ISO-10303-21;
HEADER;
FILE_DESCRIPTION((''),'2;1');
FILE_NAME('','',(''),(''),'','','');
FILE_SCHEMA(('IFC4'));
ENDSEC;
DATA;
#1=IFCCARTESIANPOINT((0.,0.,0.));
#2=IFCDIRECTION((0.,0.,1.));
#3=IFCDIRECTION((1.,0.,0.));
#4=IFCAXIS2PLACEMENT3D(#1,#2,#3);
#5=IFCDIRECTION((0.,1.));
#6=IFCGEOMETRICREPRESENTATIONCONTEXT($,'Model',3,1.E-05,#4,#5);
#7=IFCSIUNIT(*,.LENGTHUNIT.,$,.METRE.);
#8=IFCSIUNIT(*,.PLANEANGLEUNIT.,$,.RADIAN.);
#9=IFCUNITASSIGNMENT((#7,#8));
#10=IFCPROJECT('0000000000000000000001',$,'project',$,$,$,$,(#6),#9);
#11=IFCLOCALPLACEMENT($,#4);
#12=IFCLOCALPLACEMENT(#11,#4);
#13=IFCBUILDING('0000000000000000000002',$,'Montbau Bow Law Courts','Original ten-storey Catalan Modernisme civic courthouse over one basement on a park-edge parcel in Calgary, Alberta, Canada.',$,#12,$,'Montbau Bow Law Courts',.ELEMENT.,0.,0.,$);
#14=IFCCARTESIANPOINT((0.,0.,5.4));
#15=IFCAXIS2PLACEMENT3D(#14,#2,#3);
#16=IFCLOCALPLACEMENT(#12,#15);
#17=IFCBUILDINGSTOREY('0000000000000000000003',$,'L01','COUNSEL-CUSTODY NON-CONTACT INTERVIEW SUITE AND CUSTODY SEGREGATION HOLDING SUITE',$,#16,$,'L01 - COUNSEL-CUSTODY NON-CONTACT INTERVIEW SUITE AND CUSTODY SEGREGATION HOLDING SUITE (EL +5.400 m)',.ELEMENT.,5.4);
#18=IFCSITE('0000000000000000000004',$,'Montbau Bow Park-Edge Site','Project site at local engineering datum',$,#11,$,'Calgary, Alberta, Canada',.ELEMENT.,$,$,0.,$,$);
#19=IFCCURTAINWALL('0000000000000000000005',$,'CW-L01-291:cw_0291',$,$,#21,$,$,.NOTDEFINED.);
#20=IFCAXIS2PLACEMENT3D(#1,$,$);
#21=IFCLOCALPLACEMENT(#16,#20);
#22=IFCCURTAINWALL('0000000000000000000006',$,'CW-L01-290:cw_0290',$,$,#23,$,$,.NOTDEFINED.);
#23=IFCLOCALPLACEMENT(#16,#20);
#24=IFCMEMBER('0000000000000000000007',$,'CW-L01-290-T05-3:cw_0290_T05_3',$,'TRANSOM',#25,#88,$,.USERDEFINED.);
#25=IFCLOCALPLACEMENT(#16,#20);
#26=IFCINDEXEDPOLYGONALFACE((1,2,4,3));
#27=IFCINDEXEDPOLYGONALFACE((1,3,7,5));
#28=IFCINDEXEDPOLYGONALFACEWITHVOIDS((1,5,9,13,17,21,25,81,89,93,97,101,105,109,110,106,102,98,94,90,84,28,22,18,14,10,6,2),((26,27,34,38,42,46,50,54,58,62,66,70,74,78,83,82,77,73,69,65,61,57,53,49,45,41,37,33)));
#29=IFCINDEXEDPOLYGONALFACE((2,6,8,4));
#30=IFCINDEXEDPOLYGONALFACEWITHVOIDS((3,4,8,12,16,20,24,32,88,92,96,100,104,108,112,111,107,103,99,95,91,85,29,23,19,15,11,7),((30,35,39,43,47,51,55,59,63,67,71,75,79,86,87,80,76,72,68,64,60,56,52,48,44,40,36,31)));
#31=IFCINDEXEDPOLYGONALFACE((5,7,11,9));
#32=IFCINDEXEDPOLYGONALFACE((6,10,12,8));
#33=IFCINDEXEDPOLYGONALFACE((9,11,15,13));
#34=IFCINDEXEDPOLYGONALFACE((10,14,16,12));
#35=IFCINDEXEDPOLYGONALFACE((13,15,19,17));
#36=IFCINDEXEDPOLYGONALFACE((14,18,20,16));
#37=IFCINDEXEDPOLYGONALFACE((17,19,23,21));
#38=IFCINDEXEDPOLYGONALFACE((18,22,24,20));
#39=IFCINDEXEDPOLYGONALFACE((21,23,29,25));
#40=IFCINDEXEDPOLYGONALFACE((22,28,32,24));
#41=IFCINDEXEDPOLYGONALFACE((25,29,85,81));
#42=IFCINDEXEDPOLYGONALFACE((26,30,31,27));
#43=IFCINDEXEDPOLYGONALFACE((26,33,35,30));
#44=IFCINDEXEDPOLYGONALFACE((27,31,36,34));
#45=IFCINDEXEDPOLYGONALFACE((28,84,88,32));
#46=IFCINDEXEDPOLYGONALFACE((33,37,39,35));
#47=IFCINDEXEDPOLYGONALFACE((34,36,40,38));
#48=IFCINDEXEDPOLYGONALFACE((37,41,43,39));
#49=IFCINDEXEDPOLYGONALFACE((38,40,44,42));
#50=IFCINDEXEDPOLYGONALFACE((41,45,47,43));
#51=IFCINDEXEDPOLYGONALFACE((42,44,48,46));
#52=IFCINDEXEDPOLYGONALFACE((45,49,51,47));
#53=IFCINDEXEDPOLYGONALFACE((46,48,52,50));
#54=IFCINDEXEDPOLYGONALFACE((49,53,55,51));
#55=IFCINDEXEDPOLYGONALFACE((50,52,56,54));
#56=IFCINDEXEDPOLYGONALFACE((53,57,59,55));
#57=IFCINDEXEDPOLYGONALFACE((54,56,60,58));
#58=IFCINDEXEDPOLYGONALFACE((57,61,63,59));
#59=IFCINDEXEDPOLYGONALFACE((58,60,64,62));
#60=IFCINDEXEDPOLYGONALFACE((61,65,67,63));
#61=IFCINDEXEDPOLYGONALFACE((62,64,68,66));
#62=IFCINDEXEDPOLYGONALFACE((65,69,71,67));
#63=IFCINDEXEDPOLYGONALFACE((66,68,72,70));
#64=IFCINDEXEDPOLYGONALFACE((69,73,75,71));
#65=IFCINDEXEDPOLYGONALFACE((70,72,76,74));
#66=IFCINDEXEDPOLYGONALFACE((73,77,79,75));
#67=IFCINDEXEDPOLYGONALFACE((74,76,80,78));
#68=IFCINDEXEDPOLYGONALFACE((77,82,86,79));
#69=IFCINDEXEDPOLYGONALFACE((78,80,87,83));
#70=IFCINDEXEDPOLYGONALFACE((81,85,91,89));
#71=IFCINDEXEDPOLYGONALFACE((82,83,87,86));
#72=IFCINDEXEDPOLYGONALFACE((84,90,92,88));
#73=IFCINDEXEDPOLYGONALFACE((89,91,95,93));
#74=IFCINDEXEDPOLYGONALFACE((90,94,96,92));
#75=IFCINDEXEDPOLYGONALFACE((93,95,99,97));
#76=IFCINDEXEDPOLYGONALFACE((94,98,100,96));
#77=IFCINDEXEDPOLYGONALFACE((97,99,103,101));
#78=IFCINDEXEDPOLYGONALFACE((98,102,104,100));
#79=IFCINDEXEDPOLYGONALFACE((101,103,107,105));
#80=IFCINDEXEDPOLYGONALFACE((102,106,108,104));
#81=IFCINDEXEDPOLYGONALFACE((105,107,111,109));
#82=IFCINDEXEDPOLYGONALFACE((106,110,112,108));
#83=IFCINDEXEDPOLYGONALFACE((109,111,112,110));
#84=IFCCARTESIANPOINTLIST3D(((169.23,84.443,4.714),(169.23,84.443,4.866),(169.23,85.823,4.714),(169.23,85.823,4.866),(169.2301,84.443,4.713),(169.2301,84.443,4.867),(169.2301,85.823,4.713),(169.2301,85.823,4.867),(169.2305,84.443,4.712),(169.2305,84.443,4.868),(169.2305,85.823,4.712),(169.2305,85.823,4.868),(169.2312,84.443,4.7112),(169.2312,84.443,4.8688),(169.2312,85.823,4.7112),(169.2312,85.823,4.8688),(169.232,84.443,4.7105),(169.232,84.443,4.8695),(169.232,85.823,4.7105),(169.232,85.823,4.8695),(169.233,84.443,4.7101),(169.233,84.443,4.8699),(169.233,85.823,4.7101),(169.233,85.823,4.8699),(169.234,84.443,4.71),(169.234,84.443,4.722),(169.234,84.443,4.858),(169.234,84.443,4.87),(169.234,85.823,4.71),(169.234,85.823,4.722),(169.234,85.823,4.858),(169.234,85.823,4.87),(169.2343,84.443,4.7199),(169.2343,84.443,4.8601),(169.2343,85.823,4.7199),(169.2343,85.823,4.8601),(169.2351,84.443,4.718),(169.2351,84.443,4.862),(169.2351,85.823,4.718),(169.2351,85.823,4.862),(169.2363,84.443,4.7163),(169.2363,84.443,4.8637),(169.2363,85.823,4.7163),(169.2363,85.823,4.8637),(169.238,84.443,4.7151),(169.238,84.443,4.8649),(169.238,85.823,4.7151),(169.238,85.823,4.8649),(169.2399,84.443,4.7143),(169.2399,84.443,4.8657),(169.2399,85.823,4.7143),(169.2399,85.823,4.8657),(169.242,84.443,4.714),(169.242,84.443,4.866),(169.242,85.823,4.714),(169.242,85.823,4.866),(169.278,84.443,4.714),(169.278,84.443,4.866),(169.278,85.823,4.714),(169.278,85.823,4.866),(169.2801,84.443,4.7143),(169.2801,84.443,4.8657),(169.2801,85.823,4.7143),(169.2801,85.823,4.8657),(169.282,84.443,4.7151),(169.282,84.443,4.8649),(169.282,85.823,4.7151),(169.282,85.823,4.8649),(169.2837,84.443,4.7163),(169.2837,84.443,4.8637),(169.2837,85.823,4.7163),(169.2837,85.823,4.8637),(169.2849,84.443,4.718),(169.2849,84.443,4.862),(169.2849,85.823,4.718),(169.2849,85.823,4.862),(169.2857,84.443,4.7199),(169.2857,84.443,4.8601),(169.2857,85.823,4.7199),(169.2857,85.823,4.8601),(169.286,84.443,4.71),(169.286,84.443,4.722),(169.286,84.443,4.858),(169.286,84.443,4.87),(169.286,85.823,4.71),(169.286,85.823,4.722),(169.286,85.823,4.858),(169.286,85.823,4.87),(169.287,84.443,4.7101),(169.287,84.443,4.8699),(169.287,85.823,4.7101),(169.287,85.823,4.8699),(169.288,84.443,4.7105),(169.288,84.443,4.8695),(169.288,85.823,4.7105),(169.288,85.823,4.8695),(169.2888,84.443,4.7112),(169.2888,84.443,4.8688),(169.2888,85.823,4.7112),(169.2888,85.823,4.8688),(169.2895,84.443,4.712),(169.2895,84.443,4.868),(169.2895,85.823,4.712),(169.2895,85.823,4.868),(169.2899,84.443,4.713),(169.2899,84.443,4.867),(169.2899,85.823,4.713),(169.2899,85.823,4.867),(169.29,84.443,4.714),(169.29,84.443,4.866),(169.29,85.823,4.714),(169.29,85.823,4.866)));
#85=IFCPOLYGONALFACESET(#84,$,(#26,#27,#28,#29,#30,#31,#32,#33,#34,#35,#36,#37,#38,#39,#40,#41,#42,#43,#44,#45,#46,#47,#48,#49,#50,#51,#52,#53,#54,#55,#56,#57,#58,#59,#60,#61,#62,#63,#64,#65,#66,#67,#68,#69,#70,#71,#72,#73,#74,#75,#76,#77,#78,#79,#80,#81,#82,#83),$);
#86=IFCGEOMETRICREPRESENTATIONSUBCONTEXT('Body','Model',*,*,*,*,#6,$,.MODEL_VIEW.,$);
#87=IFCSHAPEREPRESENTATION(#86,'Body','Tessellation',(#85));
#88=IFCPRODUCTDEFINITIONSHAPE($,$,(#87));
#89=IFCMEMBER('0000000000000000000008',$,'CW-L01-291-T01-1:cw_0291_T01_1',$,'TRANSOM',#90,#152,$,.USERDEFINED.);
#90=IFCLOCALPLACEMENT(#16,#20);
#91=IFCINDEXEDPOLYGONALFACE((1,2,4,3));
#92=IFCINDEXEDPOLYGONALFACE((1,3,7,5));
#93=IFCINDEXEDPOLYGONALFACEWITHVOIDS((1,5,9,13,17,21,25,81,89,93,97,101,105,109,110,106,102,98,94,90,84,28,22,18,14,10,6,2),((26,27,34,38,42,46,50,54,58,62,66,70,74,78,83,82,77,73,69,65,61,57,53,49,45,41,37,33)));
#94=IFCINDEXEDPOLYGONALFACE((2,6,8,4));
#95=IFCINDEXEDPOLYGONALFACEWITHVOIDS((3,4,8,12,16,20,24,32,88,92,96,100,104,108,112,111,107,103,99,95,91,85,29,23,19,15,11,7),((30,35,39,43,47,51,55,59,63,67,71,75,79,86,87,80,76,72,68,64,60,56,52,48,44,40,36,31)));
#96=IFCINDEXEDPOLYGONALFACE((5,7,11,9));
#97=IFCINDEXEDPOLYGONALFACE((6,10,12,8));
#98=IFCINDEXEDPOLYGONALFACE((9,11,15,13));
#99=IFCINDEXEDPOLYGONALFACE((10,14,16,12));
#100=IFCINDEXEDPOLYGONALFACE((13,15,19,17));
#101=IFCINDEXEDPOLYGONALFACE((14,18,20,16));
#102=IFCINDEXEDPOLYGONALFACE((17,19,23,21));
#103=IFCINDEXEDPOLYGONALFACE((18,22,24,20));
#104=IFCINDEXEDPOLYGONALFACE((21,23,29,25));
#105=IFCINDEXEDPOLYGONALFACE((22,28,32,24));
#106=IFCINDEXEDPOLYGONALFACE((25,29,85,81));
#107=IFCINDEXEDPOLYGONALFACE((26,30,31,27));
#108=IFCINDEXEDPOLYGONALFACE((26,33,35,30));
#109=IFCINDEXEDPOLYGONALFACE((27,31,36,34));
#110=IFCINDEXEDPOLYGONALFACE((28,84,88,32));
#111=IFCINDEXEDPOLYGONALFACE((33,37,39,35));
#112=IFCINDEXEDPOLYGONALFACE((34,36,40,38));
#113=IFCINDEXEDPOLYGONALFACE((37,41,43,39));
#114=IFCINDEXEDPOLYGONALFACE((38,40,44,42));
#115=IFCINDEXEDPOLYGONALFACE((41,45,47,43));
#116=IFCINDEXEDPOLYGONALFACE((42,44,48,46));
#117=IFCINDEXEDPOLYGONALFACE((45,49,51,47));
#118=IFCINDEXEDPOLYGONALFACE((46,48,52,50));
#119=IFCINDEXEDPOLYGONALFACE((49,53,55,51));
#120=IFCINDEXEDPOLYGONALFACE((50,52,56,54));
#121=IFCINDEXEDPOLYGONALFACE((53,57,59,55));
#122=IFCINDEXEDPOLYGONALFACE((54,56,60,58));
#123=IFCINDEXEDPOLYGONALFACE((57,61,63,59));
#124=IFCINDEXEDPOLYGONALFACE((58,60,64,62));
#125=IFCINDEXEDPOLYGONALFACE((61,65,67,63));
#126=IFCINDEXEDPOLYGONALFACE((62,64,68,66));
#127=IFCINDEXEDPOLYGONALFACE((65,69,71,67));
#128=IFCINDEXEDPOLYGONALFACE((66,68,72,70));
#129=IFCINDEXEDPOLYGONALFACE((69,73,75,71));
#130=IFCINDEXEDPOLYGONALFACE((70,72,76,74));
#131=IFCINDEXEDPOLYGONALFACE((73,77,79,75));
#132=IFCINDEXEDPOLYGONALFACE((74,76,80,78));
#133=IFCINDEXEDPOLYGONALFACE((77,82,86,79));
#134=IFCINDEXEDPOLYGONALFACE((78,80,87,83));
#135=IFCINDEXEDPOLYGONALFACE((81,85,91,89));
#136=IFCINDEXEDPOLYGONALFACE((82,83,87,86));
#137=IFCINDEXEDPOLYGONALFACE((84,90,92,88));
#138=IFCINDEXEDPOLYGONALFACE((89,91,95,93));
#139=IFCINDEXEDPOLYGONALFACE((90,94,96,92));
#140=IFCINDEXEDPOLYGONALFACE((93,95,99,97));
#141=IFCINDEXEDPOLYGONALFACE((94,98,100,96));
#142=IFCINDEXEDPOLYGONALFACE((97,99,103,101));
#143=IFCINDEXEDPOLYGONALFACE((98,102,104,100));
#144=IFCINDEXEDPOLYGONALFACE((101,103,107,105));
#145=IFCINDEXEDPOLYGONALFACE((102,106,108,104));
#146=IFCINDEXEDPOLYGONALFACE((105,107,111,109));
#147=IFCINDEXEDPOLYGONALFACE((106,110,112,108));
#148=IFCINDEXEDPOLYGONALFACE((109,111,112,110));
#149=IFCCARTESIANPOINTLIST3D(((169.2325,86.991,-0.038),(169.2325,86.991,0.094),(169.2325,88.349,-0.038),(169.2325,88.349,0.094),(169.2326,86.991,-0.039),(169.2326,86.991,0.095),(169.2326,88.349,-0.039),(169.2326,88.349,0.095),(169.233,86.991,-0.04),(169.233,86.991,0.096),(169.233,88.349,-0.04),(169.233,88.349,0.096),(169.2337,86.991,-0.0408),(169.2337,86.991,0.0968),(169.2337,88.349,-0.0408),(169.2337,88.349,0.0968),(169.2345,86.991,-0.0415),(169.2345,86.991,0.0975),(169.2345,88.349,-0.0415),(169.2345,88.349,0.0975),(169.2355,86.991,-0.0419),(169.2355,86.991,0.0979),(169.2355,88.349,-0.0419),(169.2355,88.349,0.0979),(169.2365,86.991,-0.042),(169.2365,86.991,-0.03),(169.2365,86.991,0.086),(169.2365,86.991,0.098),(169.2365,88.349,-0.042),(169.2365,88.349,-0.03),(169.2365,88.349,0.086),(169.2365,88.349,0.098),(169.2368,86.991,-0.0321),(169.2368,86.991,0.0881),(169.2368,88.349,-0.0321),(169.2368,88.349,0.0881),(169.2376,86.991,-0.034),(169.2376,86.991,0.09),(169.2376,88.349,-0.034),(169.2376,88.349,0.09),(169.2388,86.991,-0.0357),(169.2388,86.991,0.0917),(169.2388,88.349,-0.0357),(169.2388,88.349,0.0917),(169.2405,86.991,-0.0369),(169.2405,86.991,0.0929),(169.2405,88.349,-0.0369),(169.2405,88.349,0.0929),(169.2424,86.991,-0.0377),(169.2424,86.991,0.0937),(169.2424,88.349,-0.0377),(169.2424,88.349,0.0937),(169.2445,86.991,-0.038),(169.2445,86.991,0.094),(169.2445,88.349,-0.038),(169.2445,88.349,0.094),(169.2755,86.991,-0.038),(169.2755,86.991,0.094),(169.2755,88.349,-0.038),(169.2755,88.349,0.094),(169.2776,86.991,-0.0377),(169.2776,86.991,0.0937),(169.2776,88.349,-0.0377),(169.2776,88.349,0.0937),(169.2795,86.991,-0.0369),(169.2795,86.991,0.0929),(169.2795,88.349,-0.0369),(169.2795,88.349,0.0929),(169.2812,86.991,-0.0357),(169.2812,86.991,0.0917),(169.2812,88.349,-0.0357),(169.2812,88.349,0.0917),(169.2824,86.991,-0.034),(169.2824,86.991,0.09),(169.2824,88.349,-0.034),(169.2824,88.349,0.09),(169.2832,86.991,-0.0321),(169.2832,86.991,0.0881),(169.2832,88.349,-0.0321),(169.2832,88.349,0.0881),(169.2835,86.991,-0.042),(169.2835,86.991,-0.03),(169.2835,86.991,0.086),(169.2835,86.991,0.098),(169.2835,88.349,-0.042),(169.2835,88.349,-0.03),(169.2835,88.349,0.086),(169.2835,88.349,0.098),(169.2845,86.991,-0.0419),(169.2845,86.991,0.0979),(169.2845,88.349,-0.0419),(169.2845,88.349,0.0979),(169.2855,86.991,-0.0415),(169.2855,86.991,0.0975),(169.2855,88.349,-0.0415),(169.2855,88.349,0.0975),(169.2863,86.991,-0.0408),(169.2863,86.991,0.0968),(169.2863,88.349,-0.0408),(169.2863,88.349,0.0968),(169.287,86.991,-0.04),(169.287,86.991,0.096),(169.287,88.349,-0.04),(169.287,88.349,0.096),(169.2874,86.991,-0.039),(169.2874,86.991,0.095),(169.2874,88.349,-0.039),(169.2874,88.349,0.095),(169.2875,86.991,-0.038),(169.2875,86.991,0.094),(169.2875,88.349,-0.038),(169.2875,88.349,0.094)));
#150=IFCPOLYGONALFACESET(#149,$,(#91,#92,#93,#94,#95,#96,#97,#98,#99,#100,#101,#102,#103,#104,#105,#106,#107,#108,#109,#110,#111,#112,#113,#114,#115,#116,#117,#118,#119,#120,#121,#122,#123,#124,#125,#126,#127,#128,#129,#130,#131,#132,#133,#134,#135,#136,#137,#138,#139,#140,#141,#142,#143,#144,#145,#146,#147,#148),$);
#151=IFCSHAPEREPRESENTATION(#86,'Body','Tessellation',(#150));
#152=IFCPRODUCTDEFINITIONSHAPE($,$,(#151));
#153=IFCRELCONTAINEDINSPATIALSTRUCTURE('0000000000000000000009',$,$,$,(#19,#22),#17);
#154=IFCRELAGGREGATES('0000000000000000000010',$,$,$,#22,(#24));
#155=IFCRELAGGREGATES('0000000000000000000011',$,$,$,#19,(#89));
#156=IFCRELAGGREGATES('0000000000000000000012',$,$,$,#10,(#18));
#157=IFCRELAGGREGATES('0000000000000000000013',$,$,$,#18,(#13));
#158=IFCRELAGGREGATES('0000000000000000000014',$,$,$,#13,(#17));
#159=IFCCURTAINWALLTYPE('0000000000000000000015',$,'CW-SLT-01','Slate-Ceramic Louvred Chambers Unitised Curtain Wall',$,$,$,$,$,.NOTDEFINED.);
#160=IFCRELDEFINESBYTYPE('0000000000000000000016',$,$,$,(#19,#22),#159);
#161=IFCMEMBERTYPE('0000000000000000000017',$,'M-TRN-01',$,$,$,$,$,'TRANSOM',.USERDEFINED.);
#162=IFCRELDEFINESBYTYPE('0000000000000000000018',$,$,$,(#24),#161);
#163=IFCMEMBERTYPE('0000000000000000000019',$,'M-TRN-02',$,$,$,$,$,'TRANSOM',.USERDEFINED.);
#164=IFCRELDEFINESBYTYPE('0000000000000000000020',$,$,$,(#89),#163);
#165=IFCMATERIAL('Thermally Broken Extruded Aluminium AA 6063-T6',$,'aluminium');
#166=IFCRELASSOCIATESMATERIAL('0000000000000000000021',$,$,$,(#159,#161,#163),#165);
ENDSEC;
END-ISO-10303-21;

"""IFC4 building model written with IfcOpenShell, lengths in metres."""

from ifc_helpers import new_model, si_unit, direction, frame, origin_with_axes, origin_2d_with_axis, place, context, subcontext, project, spatial, hollow_rectangle, extrude, material, material_profile, profile_set, type_object, element, aggregate, save


model = new_model("IFC4")

# Units and contexts
model_context = context("Model", 3, precision=1e-05, world=origin_with_axes(), true_north=direction((0.0, 1.0)))
body_context = subcontext(model_context, "Body", "Model", "MODEL_VIEW")
ifc_project = project(units=[si_unit("LENGTHUNIT", "METRE"), si_unit("PLANEANGLEUNIT", "RADIAN")], contexts=[model_context])

# Site, building, storey
site_placement = place(None, origin_with_axes())
site = spatial("IfcSite", under=ifc_project, at=site_placement, Name="Montbau Bow Park-Edge Site", Description="Project site at local engineering datum", LongName="Calgary, Alberta, Canada", CompositionType="ELEMENT", RefElevation=0.0)
building_placement = place(site_placement, origin_with_axes())
building = spatial("IfcBuilding", under=site, at=building_placement, Name="Montbau Bow Law Courts", Description="Original ten-storey Catalan Modernisme civic courthouse over one basement on a park-edge parcel in Calgary, Alberta, Canada.", LongName="Montbau Bow Law Courts", CompositionType="ELEMENT", ElevationOfRefHeight=0.0, ElevationOfTerrain=0.0)
storey_placement = place(building_placement, frame((0.0, 0.0, 5.4), z_axis=(0.0, 0.0, 1.0), x_axis=(1.0, 0.0, 0.0)))
storey = spatial("IfcBuildingStorey", under=building, at=storey_placement, Name="L01", Description="COUNSEL-CUSTODY NON-CONTACT INTERVIEW SUITE AND CUSTODY SEGREGATION HOLDING SUITE", LongName="L01 - COUNSEL-CUSTODY NON-CONTACT INTERVIEW SUITE AND CUSTODY SEGREGATION HOLDING SUITE (EL +5.400 m)", CompositionType="ELEMENT", Elevation=5.4)

# Curtain walls, member
ifc_material_1 = material(Name="Thermally Broken Extruded Aluminium AA 6063-T6", Category="aluminium")
curtain_wall_type = type_object("IfcCurtainWallType", Name="CW-SLT-01", Description="Slate-Ceramic Louvred Chambers Unitised Curtain Wall", PredefinedType="NOTDEFINED", material=ifc_material_1)
curtain_wall_1_placement = place(None, frame((169.26, 86.915, 5.4), z_axis=(0.0, 0.0, 1.0), x_axis=(1.0, 0.0, 0.0)))
curtain_wall_1 = element("IfcCurtainWall", 1, at=curtain_wall_1_placement, inside=storey, type_object=curtain_wall_type, Name="CW-L01-291:cw_0291", PredefinedType="NOTDEFINED")
curtain_wall_2_placement = place(None, frame((169.26, 78.515, 5.4), z_axis=(0.0, 0.0, 1.0), x_axis=(1.0, 0.0, 0.0)))
curtain_wall_2 = element("IfcCurtainWall", 2, at=curtain_wall_2_placement, inside=storey, type_object=curtain_wall_type, Name="CW-L01-290:cw_0290", PredefinedType="NOTDEFINED")
ifc_material_profile_1 = material_profile(ifc_material_1, hollow_rectangle(XDim=0.06, YDim=0.16, WallThickness=0.004, InnerFilletRadius=0.008, OuterFilletRadius=0.004, at=origin_2d_with_axis()), Name="CWT-160X60", Category="Main", Priority=0)
ifc_profile_set_1 = profile_set([ifc_material_profile_1], Name="Thermally Broken Extruded Aluminium AA 6063-T6")
member_type_1 = type_object("IfcMemberType", Name="M-TRN-01", ElementType="TRANSOM", PredefinedType="USERDEFINED", material=ifc_profile_set_1)
member_1_placement = place(None, frame((169.26, 84.443, 10.19), z_axis=(0.0, 1.0, 0.0), x_axis=(-1.0, 0.0, 0.0)))
member_1 = element("IfcMember", 3, at=member_1_placement, type_object=member_type_1, Name="CW-L01-290-T05-3:cw_0290_T05_3", ObjectType="TRANSOM", PredefinedType="USERDEFINED", context=body_context, shape_type="SweptSolid", body=[
    extrude(hollow_rectangle(XDim=0.06, YDim=0.16, WallThickness=0.004, InnerFilletRadius=0.008, OuterFilletRadius=0.004, at=origin_2d_with_axis()), origin_with_axes(), (0.0, 0.0, 1.0), 1.38),
])
aggregate(curtain_wall_2, [member_1])

# Member
ifc_material_profile_2 = material_profile(ifc_material_1, hollow_rectangle(XDim=0.055, YDim=0.14, WallThickness=0.004, InnerFilletRadius=0.008, OuterFilletRadius=0.004, at=origin_2d_with_axis()), Name="CWT-140X55", Category="Main", Priority=0)
ifc_profile_set_2 = profile_set([ifc_material_profile_2], Name="Thermally Broken Extruded Aluminium AA 6063-T6")
member_type_2 = type_object("IfcMemberType", Name="M-TRN-02", ElementType="TRANSOM", PredefinedType="USERDEFINED", material=ifc_profile_set_2)
member_2_placement = place(None, frame((169.26, 86.991, 5.428), z_axis=(0.0, 1.0, 0.0), x_axis=(-1.0, 0.0, 0.0)))
member_2 = element("IfcMember", 4, at=member_2_placement, type_object=member_type_2, Name="CW-L01-291-T01-1:cw_0291_T01_1", ObjectType="TRANSOM", PredefinedType="USERDEFINED", context=body_context, shape_type="SweptSolid", body=[
    extrude(hollow_rectangle(XDim=0.055, YDim=0.14, WallThickness=0.004, InnerFilletRadius=0.008, OuterFilletRadius=0.004, at=origin_2d_with_axis()), origin_with_axes(), (0.0, 0.0, 1.0), 1.358),
])

aggregate(curtain_wall_1, [member_2])

save(model, "model.ifc")
